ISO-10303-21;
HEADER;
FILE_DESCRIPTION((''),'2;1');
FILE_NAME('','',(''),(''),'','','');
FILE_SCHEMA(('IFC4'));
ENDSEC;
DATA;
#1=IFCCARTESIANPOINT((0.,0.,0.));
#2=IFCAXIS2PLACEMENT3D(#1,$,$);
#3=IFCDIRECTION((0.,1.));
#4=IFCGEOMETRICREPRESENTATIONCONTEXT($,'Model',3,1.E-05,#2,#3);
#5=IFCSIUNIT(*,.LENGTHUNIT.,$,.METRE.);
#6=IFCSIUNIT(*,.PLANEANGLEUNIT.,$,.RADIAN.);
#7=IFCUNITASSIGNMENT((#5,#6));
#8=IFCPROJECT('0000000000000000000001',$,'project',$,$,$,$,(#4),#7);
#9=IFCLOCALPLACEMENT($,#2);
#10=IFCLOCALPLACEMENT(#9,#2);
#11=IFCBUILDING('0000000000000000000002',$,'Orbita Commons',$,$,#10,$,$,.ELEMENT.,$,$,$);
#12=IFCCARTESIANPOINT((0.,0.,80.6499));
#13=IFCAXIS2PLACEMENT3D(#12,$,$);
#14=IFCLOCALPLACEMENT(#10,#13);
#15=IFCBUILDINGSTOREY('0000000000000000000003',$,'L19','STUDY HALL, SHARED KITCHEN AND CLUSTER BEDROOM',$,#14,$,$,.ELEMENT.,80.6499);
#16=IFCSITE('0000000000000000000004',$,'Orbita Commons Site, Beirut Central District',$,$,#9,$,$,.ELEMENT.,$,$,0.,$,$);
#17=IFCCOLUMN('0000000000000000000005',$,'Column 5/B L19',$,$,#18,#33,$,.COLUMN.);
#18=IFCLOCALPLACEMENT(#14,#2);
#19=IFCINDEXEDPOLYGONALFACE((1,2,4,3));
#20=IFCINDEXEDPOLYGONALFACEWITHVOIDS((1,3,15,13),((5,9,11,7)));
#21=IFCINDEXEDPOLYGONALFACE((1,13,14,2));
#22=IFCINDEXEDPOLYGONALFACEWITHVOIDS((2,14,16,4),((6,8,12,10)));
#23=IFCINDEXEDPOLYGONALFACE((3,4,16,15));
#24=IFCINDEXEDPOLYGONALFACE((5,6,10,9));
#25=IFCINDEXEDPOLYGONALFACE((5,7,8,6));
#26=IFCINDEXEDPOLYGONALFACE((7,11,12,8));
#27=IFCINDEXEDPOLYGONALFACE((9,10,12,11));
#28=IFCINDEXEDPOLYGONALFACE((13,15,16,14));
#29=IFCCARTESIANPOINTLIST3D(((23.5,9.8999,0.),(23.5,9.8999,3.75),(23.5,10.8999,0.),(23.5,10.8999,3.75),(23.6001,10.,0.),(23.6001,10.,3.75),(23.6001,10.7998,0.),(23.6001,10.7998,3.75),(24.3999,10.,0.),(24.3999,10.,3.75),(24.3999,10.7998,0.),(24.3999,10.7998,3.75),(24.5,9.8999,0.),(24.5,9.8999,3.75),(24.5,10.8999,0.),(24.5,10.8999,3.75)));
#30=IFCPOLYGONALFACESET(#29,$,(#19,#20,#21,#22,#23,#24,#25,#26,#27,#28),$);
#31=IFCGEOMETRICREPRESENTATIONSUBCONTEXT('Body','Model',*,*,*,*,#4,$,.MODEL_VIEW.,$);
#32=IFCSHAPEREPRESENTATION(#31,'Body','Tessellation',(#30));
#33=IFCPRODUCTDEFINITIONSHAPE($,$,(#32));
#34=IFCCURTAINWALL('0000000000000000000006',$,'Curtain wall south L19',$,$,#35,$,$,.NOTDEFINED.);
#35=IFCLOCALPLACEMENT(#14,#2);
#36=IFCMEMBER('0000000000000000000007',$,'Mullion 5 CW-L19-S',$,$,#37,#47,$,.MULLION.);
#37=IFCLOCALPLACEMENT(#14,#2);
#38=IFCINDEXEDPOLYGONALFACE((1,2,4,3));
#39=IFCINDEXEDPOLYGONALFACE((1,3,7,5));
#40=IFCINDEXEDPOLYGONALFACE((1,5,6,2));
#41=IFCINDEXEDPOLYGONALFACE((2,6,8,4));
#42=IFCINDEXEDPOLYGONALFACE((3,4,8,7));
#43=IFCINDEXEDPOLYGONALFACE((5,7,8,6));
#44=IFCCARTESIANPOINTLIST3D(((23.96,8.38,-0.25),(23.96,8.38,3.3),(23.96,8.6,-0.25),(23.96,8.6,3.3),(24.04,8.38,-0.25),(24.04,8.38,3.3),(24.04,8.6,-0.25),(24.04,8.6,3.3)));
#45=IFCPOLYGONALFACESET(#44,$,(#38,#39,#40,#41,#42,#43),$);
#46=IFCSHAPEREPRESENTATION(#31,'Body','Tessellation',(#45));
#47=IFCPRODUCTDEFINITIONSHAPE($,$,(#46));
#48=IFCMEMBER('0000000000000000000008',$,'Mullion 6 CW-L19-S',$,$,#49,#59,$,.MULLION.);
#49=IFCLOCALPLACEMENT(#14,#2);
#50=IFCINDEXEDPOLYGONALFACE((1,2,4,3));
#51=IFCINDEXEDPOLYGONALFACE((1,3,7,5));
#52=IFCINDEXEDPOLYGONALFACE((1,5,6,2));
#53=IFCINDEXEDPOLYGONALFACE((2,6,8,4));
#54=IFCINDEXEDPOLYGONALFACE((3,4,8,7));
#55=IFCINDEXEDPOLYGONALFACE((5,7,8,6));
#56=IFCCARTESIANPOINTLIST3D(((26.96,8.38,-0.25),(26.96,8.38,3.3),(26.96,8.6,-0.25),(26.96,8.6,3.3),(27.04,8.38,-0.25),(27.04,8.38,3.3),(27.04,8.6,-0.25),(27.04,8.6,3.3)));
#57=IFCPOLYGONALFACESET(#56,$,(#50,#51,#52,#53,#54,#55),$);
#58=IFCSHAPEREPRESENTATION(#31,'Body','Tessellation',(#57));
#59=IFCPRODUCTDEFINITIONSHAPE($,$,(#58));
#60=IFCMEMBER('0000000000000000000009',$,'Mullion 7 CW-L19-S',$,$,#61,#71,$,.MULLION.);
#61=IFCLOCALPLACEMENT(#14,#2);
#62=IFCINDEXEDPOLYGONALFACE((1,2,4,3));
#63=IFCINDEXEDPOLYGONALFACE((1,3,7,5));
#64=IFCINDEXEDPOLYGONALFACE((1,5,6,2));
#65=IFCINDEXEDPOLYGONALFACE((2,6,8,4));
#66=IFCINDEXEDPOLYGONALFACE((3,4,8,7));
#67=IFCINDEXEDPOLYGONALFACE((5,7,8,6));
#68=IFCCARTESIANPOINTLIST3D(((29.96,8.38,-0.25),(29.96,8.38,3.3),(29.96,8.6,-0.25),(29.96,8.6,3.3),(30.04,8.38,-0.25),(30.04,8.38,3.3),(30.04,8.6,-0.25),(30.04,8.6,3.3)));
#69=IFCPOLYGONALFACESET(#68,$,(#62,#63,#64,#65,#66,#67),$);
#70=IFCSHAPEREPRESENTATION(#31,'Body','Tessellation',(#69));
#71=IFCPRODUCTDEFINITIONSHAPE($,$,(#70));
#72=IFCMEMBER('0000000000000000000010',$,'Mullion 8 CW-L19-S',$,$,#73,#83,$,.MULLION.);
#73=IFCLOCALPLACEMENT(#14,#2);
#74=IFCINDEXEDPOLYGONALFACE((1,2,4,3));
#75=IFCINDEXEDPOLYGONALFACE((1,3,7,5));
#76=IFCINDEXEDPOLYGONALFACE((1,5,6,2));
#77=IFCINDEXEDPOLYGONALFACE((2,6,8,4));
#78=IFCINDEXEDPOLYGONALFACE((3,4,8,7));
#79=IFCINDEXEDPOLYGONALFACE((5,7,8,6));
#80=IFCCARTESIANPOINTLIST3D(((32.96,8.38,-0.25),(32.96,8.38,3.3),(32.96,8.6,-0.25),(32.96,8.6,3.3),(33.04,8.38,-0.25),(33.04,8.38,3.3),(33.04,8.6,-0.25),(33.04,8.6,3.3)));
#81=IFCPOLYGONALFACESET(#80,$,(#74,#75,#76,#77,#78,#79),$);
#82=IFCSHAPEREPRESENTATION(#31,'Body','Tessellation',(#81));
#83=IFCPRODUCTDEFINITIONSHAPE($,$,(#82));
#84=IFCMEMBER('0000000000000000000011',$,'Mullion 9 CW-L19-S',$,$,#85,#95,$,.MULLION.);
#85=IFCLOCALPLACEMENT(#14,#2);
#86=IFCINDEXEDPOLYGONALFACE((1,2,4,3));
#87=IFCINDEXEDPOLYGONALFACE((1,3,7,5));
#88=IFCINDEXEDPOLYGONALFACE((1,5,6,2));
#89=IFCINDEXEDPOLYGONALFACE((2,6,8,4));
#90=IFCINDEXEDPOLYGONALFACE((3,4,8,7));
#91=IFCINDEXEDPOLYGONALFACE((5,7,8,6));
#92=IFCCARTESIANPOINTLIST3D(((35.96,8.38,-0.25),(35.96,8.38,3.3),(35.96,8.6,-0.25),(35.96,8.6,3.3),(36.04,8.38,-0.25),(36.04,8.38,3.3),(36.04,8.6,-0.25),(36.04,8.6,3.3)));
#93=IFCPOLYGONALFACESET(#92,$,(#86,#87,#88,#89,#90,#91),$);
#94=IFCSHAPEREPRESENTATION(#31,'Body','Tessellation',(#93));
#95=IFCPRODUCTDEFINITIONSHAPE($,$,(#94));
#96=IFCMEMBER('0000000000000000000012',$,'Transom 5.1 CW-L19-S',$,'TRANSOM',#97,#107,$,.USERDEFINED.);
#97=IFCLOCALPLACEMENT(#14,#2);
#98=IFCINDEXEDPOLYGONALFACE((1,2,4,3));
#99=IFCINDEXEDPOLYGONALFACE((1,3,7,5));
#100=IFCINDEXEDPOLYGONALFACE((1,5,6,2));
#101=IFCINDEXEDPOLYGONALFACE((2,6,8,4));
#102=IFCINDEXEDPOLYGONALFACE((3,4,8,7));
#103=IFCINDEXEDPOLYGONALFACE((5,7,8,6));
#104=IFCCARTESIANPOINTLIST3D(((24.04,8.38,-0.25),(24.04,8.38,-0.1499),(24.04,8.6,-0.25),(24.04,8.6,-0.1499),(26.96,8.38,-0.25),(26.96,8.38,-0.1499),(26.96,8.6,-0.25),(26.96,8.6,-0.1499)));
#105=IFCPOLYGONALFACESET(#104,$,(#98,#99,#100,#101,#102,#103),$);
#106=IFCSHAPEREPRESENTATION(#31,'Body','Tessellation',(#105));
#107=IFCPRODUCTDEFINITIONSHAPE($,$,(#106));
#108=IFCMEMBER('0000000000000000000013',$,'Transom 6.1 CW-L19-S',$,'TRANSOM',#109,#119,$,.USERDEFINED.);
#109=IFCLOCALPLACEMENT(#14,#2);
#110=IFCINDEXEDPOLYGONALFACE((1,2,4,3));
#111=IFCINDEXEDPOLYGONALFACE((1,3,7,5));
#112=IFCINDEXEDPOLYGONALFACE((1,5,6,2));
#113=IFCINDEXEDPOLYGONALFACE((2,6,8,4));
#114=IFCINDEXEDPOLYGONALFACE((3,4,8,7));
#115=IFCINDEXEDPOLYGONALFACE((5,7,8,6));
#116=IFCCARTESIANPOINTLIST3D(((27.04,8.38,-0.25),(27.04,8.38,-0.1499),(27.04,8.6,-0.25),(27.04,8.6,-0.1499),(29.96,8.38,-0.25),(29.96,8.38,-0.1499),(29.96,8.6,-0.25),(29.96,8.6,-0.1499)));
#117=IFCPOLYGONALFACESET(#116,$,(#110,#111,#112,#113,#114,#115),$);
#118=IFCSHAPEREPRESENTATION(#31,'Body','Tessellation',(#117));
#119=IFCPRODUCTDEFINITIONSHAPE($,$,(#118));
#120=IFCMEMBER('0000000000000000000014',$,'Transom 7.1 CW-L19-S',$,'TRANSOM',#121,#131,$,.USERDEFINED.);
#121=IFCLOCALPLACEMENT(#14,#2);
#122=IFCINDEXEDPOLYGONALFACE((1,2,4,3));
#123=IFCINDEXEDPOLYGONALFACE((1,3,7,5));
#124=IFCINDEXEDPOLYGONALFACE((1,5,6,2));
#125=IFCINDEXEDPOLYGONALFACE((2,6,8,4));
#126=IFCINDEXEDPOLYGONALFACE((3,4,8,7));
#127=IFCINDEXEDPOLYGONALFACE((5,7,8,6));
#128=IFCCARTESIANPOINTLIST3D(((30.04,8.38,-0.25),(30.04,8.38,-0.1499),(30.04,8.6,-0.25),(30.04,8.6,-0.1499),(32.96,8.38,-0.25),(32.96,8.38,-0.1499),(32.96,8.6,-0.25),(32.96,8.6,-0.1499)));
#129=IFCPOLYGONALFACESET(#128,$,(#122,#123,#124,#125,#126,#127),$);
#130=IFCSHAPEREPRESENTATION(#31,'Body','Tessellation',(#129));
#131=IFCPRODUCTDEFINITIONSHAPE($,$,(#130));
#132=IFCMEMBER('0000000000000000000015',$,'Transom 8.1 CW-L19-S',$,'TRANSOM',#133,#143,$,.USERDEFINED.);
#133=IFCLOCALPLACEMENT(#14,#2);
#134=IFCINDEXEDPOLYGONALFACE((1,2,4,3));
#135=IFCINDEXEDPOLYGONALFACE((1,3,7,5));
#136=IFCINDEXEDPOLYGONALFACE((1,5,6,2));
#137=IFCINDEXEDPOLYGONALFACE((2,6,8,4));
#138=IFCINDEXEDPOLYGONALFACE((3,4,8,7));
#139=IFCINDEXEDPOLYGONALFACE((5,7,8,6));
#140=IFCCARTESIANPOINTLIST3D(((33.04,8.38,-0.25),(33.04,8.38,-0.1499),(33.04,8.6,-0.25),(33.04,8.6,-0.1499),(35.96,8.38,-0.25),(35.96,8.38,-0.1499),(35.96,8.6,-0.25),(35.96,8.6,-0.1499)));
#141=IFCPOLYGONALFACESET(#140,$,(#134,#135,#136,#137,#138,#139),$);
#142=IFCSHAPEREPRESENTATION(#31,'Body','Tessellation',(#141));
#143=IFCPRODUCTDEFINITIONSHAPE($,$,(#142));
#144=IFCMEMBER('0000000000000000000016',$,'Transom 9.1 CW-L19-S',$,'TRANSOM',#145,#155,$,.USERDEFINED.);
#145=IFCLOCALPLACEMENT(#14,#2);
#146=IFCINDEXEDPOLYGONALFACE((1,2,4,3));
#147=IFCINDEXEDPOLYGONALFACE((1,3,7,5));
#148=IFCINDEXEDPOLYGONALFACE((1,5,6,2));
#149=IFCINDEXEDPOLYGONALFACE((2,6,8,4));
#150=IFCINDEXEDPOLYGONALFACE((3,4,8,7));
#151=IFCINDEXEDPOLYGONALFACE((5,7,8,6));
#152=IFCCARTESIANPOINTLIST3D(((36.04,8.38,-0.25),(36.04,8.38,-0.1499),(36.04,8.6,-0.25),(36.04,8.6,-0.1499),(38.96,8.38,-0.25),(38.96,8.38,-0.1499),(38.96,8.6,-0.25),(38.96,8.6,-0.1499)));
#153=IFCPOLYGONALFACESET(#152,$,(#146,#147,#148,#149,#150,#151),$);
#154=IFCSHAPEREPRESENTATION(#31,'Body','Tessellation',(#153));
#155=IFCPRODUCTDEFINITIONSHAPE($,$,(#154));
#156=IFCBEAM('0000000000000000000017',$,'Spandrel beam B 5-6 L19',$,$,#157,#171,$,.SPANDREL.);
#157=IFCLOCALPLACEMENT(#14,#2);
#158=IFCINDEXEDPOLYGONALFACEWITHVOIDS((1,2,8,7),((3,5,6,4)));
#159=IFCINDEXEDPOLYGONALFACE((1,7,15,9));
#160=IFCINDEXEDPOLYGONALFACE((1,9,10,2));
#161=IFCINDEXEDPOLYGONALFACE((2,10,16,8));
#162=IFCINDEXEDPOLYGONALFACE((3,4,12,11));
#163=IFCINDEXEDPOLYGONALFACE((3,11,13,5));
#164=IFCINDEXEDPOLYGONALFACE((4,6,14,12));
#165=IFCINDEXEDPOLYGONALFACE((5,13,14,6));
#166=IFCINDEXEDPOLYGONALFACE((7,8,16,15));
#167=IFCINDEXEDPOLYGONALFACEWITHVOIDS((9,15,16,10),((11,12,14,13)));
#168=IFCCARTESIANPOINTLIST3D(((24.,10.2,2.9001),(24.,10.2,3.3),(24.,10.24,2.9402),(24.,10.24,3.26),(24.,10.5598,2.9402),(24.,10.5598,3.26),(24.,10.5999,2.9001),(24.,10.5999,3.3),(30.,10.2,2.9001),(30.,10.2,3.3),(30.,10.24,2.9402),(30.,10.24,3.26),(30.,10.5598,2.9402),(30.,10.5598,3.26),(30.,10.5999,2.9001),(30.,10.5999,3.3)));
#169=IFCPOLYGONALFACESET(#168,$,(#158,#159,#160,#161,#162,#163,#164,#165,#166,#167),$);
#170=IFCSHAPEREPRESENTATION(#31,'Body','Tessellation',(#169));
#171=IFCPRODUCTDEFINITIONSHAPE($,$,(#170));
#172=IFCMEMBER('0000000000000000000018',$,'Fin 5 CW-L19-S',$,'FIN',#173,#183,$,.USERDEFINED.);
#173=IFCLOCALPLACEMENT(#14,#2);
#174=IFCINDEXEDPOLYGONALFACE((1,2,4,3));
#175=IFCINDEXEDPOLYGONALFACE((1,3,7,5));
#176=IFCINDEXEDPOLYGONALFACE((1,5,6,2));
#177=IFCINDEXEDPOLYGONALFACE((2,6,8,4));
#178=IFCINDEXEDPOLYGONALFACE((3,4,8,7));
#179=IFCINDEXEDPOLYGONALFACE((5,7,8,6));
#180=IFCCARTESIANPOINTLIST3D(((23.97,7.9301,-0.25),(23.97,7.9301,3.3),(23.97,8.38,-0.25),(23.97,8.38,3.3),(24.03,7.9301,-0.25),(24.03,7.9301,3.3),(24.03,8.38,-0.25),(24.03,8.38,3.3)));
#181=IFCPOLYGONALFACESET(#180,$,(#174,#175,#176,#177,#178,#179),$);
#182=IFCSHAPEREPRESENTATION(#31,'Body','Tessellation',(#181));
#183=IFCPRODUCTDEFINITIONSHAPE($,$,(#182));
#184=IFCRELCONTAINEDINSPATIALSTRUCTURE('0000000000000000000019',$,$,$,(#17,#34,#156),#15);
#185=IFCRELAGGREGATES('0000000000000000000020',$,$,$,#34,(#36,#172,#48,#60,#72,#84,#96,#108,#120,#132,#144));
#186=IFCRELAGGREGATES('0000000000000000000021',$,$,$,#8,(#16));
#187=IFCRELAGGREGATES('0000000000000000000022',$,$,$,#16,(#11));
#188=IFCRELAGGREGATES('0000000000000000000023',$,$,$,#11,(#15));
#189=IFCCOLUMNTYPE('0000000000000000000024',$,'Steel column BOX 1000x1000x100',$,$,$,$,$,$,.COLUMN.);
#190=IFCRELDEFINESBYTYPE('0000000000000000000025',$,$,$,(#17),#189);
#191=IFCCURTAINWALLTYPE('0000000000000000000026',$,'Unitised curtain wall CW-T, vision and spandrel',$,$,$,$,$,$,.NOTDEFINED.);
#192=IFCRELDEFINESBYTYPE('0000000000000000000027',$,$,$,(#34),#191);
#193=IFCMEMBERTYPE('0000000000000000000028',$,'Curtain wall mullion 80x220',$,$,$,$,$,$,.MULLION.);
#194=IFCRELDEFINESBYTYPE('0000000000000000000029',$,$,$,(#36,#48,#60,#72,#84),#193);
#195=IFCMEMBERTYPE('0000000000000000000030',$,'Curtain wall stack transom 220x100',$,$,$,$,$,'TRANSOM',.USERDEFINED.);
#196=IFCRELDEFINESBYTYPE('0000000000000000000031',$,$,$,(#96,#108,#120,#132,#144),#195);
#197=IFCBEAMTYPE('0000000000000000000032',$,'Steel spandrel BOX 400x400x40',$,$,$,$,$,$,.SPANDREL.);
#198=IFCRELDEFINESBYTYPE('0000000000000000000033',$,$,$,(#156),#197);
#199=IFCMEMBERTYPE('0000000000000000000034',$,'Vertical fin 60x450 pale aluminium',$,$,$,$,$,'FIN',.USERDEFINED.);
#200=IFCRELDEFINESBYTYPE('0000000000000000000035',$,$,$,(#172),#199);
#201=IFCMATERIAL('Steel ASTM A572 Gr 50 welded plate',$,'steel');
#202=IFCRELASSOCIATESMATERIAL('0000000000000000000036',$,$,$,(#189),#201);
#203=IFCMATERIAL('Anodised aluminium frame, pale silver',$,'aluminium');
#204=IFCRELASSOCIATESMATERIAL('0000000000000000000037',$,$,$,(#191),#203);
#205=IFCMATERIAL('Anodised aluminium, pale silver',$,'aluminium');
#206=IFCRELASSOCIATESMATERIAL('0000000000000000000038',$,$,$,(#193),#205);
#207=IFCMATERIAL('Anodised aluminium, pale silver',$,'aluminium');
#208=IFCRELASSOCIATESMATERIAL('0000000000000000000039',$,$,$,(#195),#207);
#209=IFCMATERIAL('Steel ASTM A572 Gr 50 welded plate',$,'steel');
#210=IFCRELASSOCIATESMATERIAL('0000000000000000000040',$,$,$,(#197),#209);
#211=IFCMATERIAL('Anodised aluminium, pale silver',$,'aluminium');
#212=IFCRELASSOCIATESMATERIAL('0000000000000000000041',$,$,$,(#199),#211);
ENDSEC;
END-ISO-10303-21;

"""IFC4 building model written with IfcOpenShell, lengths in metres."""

from ifc_helpers import new_model, si_unit, direction, frame, origin, origin_2d, place, context, subcontext, project, spatial, rectangle, hollow_rectangle, extrude, material, material_profile, profile_set, type_object, element, aggregate, save


model = new_model("IFC4")

# Units and contexts
model_context = context("Model", 3, precision=1e-05, world=origin(), true_north=direction((0.0, 1.0)))
body_context = subcontext(model_context, "Body", "Model", "MODEL_VIEW")
ifc_project = project(units=[si_unit("LENGTHUNIT", "METRE"), si_unit("PLANEANGLEUNIT", "RADIAN")], contexts=[model_context])

# Site, building, storey
site_placement = place(None, origin())
site = spatial("IfcSite", under=ifc_project, at=site_placement, Name="Orbita Commons Site, Beirut Central District", CompositionType="ELEMENT", RefElevation=0.0)
building_placement = place(site_placement, origin())
building = spatial("IfcBuilding", under=site, at=building_placement, Name="Orbita Commons", CompositionType="ELEMENT")
storey_placement = place(building_placement, frame((0.0, 0.0, 80.6499)))
storey = spatial("IfcBuildingStorey", under=building, at=storey_placement, Name="L19", Description="STUDY HALL, SHARED KITCHEN AND CLUSTER BEDROOM", CompositionType="ELEMENT", Elevation=80.6499)

# Column
ifc_material_1 = material(Name="Steel ASTM A572 Gr 50 welded plate", Category="steel")
ifc_material_profile_1 = material_profile(ifc_material_1, hollow_rectangle(XDim=1.0, YDim=1.0, WallThickness=0.1001, at=origin_2d()), Name="BOX 1000x1000x100")
ifc_profile_set_1 = profile_set([ifc_material_profile_1], Name="Steel ASTM A572 Gr 50 welded plate")
column_type = type_object("IfcColumnType", Name="Steel column BOX 1000x1000x100", PredefinedType="COLUMN", material=ifc_profile_set_1)
column_placement = place(storey_placement, frame((24.0, 10.3999, 0.0), z_axis=(0.0, 0.0, 1.0), x_axis=(1.0, 0.0, 0.0)))
element("IfcColumn", 1, at=column_placement, inside=storey, type_object=column_type, Name="Column 5/B L19", PredefinedType="COLUMN", context=body_context, shape_type="SweptSolid", body=[
    extrude(hollow_rectangle(XDim=1.0, YDim=1.0, WallThickness=0.1001, at=origin_2d()), origin(), (0.0, 0.0, 1.0), 3.75),
])

# Curtain wall, members
ifc_material_2 = material(Name="Anodised aluminium frame, pale silver", Category="aluminium")
curtain_wall_type = type_object("IfcCurtainWallType", Name="Unitised curtain wall CW-T, vision and spandrel", PredefinedType="NOTDEFINED", material=ifc_material_2)
curtain_wall_placement = place(storey_placement, origin())
curtain_wall = element("IfcCurtainWall", 2, at=curtain_wall_placement, inside=storey, type_object=curtain_wall_type, Name="Curtain wall south L19", PredefinedType="NOTDEFINED")
ifc_material_3 = material(Name="Anodised aluminium, pale silver", Category="aluminium")
ifc_material_profile_2 = material_profile(ifc_material_3, rectangle(XDim=0.0801, YDim=0.22, at=origin_2d()), Name="AL 80x220")
ifc_profile_set_2 = profile_set([ifc_material_profile_2], Name="Anodised aluminium, pale silver")
member_type_1 = type_object("IfcMemberType", Name="Curtain wall mullion 80x220", PredefinedType="MULLION", material=ifc_profile_set_2)
member_1_placement = place(storey_placement, frame((24.0, 8.49, -0.25), z_axis=(0.0, 0.0, 1.0), x_axis=(1.0, 0.0, 0.0)))
member_1 = element("IfcMember", 3, at=member_1_placement, type_object=member_type_1, Name="Mullion 5 CW-L19-S", PredefinedType="MULLION", context=body_context, shape_type="SweptSolid", body=[
    extrude(rectangle(XDim=0.0801, YDim=0.22, at=origin_2d()), origin(), (0.0, 0.0, 1.0), 3.55),
])
member_2_placement = place(storey_placement, frame((27.0, 8.49, -0.25), z_axis=(0.0, 0.0, 1.0), x_axis=(1.0, 0.0, 0.0)))
member_2 = element("IfcMember", 4, at=member_2_placement, type_object=member_type_1, Name="Mullion 6 CW-L19-S", PredefinedType="MULLION", context=body_context, shape_type="SweptSolid", body=[
    extrude(rectangle(XDim=0.0801, YDim=0.22, at=origin_2d()), origin(), (0.0, 0.0, 1.0), 3.55),
])
member_3_placement = place(storey_placement, frame((30.0, 8.49, -0.25), z_axis=(0.0, 0.0, 1.0), x_axis=(1.0, 0.0, 0.0)))
member_3 = element("IfcMember", 5, at=member_3_placement, type_object=member_type_1, Name="Mullion 7 CW-L19-S", PredefinedType="MULLION", context=body_context, shape_type="SweptSolid", body=[
    extrude(rectangle(XDim=0.0801, YDim=0.22, at=origin_2d()), origin(), (0.0, 0.0, 1.0), 3.55),
])
member_4_placement = place(storey_placement, frame((33.0, 8.49, -0.25), z_axis=(0.0, 0.0, 1.0), x_axis=(1.0, 0.0, 0.0)))
member_4 = element("IfcMember", 6, at=member_4_placement, type_object=member_type_1, Name="Mullion 8 CW-L19-S", PredefinedType="MULLION", context=body_context, shape_type="SweptSolid", body=[
    extrude(rectangle(XDim=0.0801, YDim=0.22, at=origin_2d()), origin(), (0.0, 0.0, 1.0), 3.55),
])
member_5_placement = place(storey_placement, frame((36.0, 8.49, -0.25), z_axis=(0.0, 0.0, 1.0), x_axis=(1.0, 0.0, 0.0)))
member_5 = element("IfcMember", 7, at=member_5_placement, type_object=member_type_1, Name="Mullion 9 CW-L19-S", PredefinedType="MULLION", context=body_context, shape_type="SweptSolid", body=[
    extrude(rectangle(XDim=0.0801, YDim=0.22, at=origin_2d()), origin(), (0.0, 0.0, 1.0), 3.55),
])
ifc_material_4 = material(Name="Anodised aluminium, pale silver", Category="aluminium")
ifc_material_profile_3 = material_profile(ifc_material_4, rectangle(XDim=0.22, YDim=0.1001, at=origin_2d()), Name="AL 220x100")
ifc_profile_set_3 = profile_set([ifc_material_profile_3], Name="Anodised aluminium, pale silver")
member_type_2 = type_object("IfcMemberType", Name="Curtain wall stack transom 220x100", ElementType="TRANSOM", PredefinedType="USERDEFINED", material=ifc_profile_set_3)
member_6_placement = place(storey_placement, frame((24.04, 8.49, -0.2), z_axis=(1.0, 0.0, 0.0), x_axis=(0.0, 1.0, 0.0)))
member_6 = element("IfcMember", 8, at=member_6_placement, type_object=member_type_2, Name="Transom 5.1 CW-L19-S", ObjectType="TRANSOM", PredefinedType="USERDEFINED", context=body_context, shape_type="SweptSolid", body=[
    extrude(rectangle(XDim=0.22, YDim=0.1001, at=origin_2d()), origin(), (0.0, 0.0, 1.0), 2.9199),
])
member_7_placement = place(storey_placement, frame((27.04, 8.49, -0.2), z_axis=(1.0, 0.0, 0.0), x_axis=(0.0, 1.0, 0.0)))
member_7 = element("IfcMember", 9, at=member_7_placement, type_object=member_type_2, Name="Transom 6.1 CW-L19-S", ObjectType="TRANSOM", PredefinedType="USERDEFINED", context=body_context, shape_type="SweptSolid", body=[
    extrude(rectangle(XDim=0.22, YDim=0.1001, at=origin_2d()), origin(), (0.0, 0.0, 1.0), 2.9199),
])
member_8_placement = place(storey_placement, frame((30.04, 8.49, -0.2), z_axis=(1.0, 0.0, 0.0), x_axis=(0.0, 1.0, 0.0)))
member_8 = element("IfcMember", 10, at=member_8_placement, type_object=member_type_2, Name="Transom 7.1 CW-L19-S", ObjectType="TRANSOM", PredefinedType="USERDEFINED", context=body_context, shape_type="SweptSolid", body=[
    extrude(rectangle(XDim=0.22, YDim=0.1001, at=origin_2d()), origin(), (0.0, 0.0, 1.0), 2.9199),
])
member_9_placement = place(storey_placement, frame((33.04, 8.49, -0.2), z_axis=(1.0, 0.0, 0.0), x_axis=(0.0, 1.0, 0.0)))
member_9 = element("IfcMember", 11, at=member_9_placement, type_object=member_type_2, Name="Transom 8.1 CW-L19-S", ObjectType="TRANSOM", PredefinedType="USERDEFINED", context=body_context, shape_type="SweptSolid", body=[
    extrude(rectangle(XDim=0.22, YDim=0.1001, at=origin_2d()), origin(), (0.0, 0.0, 1.0), 2.9199),
])
member_10_placement = place(storey_placement, frame((36.04, 8.49, -0.2), z_axis=(1.0, 0.0, 0.0), x_axis=(0.0, 1.0, 0.0)))
member_10 = element("IfcMember", 12, at=member_10_placement, type_object=member_type_2, Name="Transom 9.1 CW-L19-S", ObjectType="TRANSOM", PredefinedType="USERDEFINED", context=body_context, shape_type="SweptSolid", body=[
    extrude(rectangle(XDim=0.22, YDim=0.1001, at=origin_2d()), origin(), (0.0, 0.0, 1.0), 2.9199),
])

# Beam
ifc_material_5 = material(Name="Steel ASTM A572 Gr 50 welded plate", Category="steel")
ifc_material_profile_4 = material_profile(ifc_material_5, hollow_rectangle(XDim=0.3999, YDim=0.3999, WallThickness=0.04, at=origin_2d()), Name="BOX 400x400x40")
ifc_profile_set_4 = profile_set([ifc_material_profile_4], Name="Steel ASTM A572 Gr 50 welded plate")
beam_type = type_object("IfcBeamType", Name="Steel spandrel BOX 400x400x40", PredefinedType="SPANDREL", material=ifc_profile_set_4)
beam_placement = place(storey_placement, frame((24.0, 10.3999, 3.1001), z_axis=(1.0, 0.0, 0.0), x_axis=(0.0, 1.0, 0.0)))
element("IfcBeam", 13, at=beam_placement, inside=storey, type_object=beam_type, Name="Spandrel beam B 5-6 L19", PredefinedType="SPANDREL", context=body_context, shape_type="SweptSolid", body=[
    extrude(hollow_rectangle(XDim=0.3999, YDim=0.3999, WallThickness=0.04, at=origin_2d()), origin(), (0.0, 0.0, 1.0), 6.0),
])

# Member
ifc_material_6 = material(Name="Anodised aluminium, pale silver", Category="aluminium")
ifc_material_profile_5 = material_profile(ifc_material_6, rectangle(XDim=0.0601, YDim=0.45, at=origin_2d()), Name="FIN 60x450")
ifc_profile_set_5 = profile_set([ifc_material_profile_5], Name="Anodised aluminium, pale silver")
member_type_3 = type_object("IfcMemberType", Name="Vertical fin 60x450 pale aluminium", ElementType="FIN", PredefinedType="USERDEFINED", material=ifc_profile_set_5)
member_11_placement = place(storey_placement, frame((24.0, 8.155, -0.25), z_axis=(0.0, 0.0, 1.0), x_axis=(1.0, 0.0, 0.0)))
member_11 = element("IfcMember", 14, at=member_11_placement, type_object=member_type_3, Name="Fin 5 CW-L19-S", ObjectType="FIN", PredefinedType="USERDEFINED", context=body_context, shape_type="SweptSolid", body=[
    extrude(rectangle(XDim=0.0601, YDim=0.45, at=origin_2d()), origin(), (0.0, 0.0, 1.0), 3.55),
])

aggregate(curtain_wall, [member_1, member_11, member_2, member_3, member_4, member_5, member_6, member_7, member_8, member_9, member_10])

save(model, "model.ifc")
